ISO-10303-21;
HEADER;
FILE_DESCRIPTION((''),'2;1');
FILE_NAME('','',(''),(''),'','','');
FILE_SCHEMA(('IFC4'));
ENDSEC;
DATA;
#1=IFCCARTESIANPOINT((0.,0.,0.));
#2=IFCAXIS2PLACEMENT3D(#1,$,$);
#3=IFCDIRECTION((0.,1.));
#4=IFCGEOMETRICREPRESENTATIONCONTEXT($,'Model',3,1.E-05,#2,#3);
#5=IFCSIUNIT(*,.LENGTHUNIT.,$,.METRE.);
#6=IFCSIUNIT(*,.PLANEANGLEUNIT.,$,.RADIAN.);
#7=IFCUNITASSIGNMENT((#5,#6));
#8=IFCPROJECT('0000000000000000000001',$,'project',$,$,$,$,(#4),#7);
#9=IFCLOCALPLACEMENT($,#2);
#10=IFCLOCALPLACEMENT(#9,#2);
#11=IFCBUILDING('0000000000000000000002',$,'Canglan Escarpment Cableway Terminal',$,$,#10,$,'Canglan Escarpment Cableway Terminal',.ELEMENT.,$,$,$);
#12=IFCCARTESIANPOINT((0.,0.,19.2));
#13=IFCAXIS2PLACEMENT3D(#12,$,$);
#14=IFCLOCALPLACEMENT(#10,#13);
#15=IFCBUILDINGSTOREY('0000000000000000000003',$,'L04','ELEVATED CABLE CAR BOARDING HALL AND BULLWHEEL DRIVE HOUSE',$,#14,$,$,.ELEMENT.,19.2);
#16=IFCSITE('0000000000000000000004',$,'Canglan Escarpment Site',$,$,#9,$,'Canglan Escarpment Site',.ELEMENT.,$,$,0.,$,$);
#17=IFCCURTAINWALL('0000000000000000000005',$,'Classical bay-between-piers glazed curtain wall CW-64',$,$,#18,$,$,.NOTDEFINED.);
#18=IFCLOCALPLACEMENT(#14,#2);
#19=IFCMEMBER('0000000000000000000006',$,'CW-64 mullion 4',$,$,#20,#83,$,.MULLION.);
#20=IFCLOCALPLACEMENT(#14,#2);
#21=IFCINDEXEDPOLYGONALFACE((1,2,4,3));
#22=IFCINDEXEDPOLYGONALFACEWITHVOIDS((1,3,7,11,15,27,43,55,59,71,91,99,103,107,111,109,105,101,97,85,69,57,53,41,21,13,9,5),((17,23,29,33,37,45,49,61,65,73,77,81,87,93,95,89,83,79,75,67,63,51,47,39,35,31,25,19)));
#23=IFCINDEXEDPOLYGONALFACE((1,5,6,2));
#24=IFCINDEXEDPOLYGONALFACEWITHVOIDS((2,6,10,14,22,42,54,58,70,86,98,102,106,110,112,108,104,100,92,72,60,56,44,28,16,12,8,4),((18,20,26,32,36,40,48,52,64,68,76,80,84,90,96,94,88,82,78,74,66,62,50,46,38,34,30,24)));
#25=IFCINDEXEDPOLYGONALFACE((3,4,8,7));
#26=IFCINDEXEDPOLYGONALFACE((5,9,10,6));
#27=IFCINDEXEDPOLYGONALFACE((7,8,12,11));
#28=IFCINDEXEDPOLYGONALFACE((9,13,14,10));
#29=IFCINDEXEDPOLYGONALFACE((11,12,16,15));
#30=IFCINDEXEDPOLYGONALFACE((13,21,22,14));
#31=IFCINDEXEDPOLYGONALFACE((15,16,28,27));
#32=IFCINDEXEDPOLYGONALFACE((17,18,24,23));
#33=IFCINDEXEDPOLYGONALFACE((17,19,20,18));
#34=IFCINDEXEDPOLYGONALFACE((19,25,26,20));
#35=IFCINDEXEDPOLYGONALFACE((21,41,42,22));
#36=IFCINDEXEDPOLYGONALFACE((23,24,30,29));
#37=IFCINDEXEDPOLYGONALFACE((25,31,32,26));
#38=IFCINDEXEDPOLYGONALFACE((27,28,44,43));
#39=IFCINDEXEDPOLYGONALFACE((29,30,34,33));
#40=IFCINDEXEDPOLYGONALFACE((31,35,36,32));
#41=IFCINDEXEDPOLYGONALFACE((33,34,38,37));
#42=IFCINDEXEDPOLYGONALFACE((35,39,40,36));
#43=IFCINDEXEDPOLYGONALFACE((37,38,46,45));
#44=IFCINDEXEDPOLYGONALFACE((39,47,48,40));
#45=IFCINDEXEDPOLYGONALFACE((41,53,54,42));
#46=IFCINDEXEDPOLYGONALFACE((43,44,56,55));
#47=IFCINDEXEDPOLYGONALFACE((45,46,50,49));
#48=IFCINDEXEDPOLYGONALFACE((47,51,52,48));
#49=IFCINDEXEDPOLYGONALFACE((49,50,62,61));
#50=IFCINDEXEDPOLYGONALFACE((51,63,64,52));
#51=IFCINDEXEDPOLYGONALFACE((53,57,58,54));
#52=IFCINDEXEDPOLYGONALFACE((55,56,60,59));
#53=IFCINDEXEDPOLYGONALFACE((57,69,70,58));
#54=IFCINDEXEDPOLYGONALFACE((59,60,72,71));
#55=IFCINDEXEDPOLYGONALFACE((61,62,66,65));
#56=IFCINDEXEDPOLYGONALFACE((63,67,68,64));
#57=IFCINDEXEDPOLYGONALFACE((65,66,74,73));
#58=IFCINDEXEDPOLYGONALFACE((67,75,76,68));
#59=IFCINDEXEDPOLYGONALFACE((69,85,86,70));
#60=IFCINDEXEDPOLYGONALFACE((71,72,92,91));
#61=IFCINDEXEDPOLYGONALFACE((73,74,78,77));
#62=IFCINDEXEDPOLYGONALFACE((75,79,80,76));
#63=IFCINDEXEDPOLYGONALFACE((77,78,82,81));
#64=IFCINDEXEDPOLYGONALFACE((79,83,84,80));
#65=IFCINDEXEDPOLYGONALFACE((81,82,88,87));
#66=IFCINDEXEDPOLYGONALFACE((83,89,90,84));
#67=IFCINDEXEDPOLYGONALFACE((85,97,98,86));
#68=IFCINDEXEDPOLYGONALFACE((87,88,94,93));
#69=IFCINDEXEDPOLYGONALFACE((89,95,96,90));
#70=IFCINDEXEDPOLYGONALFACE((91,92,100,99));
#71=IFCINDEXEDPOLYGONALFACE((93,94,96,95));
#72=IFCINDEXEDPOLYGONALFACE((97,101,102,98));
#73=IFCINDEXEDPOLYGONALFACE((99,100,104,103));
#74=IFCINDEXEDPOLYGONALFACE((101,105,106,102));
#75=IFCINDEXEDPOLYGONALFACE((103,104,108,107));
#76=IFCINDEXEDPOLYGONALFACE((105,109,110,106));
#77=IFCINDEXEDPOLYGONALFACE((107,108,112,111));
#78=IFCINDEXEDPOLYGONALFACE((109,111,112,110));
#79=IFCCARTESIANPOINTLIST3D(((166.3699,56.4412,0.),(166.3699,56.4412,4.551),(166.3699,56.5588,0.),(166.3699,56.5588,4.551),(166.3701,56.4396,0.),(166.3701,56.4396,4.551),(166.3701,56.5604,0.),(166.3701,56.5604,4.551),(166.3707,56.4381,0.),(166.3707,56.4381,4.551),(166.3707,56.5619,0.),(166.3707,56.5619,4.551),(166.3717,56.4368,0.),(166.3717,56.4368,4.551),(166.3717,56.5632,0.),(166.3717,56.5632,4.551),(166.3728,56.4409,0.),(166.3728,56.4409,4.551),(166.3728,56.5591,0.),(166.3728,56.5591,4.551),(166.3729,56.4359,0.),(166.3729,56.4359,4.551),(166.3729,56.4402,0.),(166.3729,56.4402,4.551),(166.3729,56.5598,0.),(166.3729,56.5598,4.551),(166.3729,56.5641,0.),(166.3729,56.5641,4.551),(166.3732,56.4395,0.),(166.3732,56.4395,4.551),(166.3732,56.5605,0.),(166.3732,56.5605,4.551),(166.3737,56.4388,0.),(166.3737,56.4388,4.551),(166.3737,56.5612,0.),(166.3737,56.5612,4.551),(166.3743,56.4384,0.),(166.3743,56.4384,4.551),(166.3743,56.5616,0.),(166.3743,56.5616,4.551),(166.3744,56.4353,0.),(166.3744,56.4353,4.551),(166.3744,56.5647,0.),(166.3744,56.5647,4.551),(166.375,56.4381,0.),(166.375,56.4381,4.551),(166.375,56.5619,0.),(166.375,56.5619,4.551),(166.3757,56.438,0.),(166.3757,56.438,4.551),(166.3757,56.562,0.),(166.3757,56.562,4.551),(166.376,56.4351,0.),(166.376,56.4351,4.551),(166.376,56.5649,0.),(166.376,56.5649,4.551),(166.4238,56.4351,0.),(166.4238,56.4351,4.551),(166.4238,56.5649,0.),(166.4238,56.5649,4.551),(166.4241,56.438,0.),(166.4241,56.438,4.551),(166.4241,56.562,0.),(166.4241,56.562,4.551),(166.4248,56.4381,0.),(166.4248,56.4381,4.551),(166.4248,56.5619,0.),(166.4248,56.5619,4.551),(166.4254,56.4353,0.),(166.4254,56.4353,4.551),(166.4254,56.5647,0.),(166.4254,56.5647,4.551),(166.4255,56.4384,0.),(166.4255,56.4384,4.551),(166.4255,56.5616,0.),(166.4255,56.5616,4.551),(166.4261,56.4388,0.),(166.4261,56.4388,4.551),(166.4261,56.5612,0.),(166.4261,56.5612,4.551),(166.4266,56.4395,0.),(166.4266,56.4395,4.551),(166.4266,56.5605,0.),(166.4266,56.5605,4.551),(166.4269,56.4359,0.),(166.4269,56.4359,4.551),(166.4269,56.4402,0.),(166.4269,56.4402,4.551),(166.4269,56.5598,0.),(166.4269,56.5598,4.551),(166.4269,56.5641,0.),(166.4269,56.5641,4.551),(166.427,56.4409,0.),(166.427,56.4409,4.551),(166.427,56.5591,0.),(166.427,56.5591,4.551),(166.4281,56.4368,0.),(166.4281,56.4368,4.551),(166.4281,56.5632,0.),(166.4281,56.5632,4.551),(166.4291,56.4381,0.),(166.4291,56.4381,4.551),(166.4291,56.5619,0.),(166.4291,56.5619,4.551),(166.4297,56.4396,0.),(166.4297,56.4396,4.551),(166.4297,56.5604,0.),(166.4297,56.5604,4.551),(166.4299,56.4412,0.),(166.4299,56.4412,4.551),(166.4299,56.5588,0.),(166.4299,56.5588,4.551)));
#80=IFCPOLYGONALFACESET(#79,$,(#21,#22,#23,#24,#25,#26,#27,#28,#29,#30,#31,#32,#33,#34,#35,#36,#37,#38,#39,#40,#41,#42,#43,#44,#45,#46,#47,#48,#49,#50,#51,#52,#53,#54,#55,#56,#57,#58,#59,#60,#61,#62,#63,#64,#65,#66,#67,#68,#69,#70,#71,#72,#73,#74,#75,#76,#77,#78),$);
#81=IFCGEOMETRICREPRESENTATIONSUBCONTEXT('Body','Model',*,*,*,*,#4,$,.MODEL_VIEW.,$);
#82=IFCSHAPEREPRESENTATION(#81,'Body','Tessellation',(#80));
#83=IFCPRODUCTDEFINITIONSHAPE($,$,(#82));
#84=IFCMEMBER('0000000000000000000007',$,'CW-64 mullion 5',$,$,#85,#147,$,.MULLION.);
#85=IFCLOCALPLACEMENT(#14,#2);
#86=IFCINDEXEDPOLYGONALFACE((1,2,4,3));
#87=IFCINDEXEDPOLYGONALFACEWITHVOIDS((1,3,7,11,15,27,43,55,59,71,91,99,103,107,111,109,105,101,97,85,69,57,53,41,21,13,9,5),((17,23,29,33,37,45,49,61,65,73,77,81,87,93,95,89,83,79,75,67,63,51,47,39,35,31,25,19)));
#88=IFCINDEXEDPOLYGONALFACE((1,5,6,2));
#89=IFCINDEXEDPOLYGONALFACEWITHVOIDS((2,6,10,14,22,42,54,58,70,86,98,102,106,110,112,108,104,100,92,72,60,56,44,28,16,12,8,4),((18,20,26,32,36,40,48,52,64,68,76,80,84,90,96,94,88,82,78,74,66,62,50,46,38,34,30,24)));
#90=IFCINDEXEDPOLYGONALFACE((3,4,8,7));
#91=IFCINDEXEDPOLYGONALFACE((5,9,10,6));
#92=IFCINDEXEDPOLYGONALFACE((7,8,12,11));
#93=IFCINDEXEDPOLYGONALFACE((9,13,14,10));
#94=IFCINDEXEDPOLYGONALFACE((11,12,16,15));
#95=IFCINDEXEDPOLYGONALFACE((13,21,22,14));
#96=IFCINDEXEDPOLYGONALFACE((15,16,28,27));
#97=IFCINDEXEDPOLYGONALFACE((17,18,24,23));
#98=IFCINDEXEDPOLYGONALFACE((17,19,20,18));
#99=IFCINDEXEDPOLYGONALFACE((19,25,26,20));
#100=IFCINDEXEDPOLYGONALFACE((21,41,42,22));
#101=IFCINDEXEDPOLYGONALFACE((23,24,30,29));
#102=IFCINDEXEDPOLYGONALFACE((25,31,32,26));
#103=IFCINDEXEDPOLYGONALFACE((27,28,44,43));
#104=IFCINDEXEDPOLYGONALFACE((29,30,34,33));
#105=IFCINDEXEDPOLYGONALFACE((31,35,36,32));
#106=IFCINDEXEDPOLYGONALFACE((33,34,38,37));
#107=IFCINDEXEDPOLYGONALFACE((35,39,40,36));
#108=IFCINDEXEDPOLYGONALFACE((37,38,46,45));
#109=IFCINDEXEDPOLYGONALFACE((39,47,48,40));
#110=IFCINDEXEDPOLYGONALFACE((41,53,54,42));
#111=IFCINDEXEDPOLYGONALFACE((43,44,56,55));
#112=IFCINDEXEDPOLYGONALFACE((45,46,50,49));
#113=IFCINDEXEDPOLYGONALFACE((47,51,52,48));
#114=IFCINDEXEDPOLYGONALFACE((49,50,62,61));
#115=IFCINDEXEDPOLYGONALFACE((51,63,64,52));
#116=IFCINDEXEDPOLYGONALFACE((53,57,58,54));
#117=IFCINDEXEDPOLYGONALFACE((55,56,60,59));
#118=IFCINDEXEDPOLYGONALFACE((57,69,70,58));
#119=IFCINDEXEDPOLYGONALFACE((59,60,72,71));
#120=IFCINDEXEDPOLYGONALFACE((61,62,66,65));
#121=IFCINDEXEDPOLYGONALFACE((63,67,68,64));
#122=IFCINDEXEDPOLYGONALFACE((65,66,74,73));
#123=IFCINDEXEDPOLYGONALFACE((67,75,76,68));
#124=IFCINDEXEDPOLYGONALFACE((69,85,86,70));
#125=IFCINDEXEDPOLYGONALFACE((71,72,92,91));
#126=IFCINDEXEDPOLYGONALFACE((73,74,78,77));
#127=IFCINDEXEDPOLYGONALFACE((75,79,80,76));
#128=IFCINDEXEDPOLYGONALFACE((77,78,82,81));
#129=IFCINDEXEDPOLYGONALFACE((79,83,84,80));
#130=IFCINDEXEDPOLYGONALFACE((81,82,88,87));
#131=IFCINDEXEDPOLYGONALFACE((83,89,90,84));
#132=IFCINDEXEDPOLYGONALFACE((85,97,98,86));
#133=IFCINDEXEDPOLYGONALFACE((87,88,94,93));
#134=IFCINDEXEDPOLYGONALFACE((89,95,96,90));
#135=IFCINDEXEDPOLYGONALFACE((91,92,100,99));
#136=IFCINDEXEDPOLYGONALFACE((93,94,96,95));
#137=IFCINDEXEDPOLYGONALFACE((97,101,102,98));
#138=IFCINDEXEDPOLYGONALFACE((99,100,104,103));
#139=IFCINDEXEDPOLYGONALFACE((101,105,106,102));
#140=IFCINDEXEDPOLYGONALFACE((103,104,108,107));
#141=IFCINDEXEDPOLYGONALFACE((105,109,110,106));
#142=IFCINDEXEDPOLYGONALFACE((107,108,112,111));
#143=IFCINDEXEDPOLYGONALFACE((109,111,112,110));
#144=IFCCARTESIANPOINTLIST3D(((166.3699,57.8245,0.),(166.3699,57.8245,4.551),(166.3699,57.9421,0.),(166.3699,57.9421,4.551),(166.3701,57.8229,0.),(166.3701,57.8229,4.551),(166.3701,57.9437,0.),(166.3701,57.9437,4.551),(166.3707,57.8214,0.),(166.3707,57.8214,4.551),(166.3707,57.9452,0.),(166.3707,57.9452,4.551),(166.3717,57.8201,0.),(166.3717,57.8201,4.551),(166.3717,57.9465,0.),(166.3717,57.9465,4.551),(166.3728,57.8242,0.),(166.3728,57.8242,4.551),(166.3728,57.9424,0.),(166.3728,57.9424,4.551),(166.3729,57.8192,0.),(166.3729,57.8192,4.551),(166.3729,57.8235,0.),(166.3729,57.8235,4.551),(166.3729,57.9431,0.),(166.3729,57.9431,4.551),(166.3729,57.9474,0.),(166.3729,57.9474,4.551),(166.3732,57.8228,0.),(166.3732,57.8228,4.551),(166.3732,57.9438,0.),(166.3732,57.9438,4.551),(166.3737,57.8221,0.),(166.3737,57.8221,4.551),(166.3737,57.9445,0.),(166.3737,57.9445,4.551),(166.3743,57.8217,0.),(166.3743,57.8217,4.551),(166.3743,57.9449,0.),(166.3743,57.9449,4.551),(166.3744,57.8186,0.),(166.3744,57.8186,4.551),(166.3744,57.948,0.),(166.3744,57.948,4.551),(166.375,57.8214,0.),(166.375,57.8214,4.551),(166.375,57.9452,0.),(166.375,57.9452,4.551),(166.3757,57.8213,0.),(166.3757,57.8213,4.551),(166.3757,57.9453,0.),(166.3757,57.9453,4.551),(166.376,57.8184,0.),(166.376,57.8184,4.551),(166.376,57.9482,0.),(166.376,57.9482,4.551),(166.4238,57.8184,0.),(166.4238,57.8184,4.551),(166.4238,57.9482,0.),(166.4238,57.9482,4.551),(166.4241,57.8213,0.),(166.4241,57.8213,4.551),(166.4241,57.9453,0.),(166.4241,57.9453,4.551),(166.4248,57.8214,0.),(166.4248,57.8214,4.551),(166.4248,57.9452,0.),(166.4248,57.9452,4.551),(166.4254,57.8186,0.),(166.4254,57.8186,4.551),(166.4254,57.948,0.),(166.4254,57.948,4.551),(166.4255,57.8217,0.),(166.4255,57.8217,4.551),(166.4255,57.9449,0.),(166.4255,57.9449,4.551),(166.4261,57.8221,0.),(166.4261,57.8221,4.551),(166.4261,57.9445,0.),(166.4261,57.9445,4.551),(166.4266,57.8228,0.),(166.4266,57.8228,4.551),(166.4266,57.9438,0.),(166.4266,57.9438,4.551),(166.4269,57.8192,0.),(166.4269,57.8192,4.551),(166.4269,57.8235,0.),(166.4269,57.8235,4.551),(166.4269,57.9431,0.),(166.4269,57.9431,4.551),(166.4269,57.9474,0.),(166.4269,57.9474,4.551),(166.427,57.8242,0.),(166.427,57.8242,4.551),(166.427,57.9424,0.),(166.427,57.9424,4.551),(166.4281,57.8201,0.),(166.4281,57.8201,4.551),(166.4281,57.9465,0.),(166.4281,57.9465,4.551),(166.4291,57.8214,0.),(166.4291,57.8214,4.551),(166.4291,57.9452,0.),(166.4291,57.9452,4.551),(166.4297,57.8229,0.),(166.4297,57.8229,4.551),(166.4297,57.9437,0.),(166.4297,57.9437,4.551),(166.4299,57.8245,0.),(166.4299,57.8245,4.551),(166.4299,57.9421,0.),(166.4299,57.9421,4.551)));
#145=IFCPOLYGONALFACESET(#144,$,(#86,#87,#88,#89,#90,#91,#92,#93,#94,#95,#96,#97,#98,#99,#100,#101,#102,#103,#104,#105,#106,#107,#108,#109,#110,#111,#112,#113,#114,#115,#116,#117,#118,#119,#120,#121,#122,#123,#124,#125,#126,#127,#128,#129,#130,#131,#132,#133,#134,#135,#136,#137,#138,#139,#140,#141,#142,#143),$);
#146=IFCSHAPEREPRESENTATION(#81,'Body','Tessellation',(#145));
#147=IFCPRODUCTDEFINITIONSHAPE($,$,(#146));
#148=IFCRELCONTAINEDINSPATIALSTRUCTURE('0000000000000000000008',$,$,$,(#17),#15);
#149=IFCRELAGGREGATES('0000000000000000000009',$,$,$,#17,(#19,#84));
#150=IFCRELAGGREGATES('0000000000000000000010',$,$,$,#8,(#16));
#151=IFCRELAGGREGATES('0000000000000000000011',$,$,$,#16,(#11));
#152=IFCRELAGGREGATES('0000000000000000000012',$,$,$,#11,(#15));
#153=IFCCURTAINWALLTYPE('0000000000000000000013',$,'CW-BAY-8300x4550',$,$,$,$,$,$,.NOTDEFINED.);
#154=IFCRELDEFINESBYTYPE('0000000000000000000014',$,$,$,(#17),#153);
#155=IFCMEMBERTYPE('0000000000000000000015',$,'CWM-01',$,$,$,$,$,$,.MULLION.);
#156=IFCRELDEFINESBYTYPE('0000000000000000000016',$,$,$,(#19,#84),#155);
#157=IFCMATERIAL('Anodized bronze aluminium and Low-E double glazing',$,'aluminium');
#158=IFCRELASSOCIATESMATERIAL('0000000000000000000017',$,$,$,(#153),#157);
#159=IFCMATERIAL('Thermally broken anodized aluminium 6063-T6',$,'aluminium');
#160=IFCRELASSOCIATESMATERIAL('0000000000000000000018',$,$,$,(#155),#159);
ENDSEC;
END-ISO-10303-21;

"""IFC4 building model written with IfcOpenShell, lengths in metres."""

from ifc_helpers import new_model, si_unit, direction, frame, origin, origin_2d, place, context, subcontext, project, spatial, hollow_rectangle, extrude, material, material_profile, profile_set, type_object, element, aggregate, save


model = new_model("IFC4")

# Units and contexts
model_context = context("Model", 3, precision=1e-05, world=origin(), true_north=direction((0.0, 1.0)))
body_context = subcontext(model_context, "Body", "Model", "MODEL_VIEW")
ifc_project = project(units=[si_unit("LENGTHUNIT", "METRE"), si_unit("PLANEANGLEUNIT", "RADIAN")], contexts=[model_context])

# Site, building, storey
site_placement = place(None, origin())
site = spatial("IfcSite", under=ifc_project, at=site_placement, Name="Canglan Escarpment Site", LongName="Canglan Escarpment Site", CompositionType="ELEMENT", RefElevation=0.0)
building_placement = place(site_placement, origin())
building = spatial("IfcBuilding", under=site, at=building_placement, Name="Canglan Escarpment Cableway Terminal", LongName="Canglan Escarpment Cableway Terminal", CompositionType="ELEMENT")
storey_placement = place(building_placement, frame((0.0, 0.0, 19.2)))
storey = spatial("IfcBuildingStorey", under=building, at=storey_placement, Name="L04", Description="ELEVATED CABLE CAR BOARDING HALL AND BULLWHEEL DRIVE HOUSE", CompositionType="ELEMENT", Elevation=19.2)

# Curtain wall, members
ifc_material_1 = material(Name="Anodized bronze aluminium and Low-E double glazing", Category="aluminium")
curtain_wall_type = type_object("IfcCurtainWallType", Name="CW-BAY-8300x4550", PredefinedType="NOTDEFINED", material=ifc_material_1)
curtain_wall_placement = place(storey_placement, origin())
curtain_wall = element("IfcCurtainWall", 1, at=curtain_wall_placement, inside=storey, type_object=curtain_wall_type, Name="Classical bay-between-piers glazed curtain wall CW-64", PredefinedType="NOTDEFINED")
ifc_material_2 = material(Name="Thermally broken anodized aluminium 6063-T6", Category="aluminium")
ifc_material_profile_1 = material_profile(ifc_material_2, hollow_rectangle(XDim=0.0601, YDim=0.1299, WallThickness=0.0029, InnerFilletRadius=0.0029, OuterFilletRadius=0.0061, at=origin_2d()), Name="ALU-MULL 60x130x3")
ifc_profile_set_1 = profile_set([ifc_material_profile_1], Name="Thermally broken anodized aluminium 6063-T6")
member_type_1 = type_object("IfcMemberType", Name="CWM-01", PredefinedType="MULLION", material=ifc_profile_set_1)
member_1_placement = place(storey_placement, frame((166.3999, 56.5, 0.0), z_axis=(0.0, 0.0, 1.0), x_axis=(-1.0, 0.0, 0.0)))
member_1 = element("IfcMember", 2, at=member_1_placement, type_object=member_type_1, Name="CW-64 mullion 4", PredefinedType="MULLION", context=body_context, shape_type="SweptSolid", body=[
    extrude(hollow_rectangle(XDim=0.0601, YDim=0.1299, WallThickness=0.0029, InnerFilletRadius=0.0029, OuterFilletRadius=0.0061, at=origin_2d()), origin(), (0.0, 0.0, 1.0), 4.551),
])
member_2_placement = place(storey_placement, frame((166.3999, 57.8833, 0.0), z_axis=(0.0, 0.0, 1.0), x_axis=(-1.0, 0.0, 0.0)))
member_2 = element("IfcMember", 3, at=member_2_placement, type_object=member_type_1, Name="CW-64 mullion 5", PredefinedType="MULLION", context=body_context, shape_type="SweptSolid", body=[
    extrude(hollow_rectangle(XDim=0.0601, YDim=0.1299, WallThickness=0.0029, InnerFilletRadius=0.0029, OuterFilletRadius=0.0061, at=origin_2d()), origin(), (0.0, 0.0, 1.0), 4.551),
])
aggregate(curtain_wall, [member_1, member_2])

save(model, "model.ifc")
